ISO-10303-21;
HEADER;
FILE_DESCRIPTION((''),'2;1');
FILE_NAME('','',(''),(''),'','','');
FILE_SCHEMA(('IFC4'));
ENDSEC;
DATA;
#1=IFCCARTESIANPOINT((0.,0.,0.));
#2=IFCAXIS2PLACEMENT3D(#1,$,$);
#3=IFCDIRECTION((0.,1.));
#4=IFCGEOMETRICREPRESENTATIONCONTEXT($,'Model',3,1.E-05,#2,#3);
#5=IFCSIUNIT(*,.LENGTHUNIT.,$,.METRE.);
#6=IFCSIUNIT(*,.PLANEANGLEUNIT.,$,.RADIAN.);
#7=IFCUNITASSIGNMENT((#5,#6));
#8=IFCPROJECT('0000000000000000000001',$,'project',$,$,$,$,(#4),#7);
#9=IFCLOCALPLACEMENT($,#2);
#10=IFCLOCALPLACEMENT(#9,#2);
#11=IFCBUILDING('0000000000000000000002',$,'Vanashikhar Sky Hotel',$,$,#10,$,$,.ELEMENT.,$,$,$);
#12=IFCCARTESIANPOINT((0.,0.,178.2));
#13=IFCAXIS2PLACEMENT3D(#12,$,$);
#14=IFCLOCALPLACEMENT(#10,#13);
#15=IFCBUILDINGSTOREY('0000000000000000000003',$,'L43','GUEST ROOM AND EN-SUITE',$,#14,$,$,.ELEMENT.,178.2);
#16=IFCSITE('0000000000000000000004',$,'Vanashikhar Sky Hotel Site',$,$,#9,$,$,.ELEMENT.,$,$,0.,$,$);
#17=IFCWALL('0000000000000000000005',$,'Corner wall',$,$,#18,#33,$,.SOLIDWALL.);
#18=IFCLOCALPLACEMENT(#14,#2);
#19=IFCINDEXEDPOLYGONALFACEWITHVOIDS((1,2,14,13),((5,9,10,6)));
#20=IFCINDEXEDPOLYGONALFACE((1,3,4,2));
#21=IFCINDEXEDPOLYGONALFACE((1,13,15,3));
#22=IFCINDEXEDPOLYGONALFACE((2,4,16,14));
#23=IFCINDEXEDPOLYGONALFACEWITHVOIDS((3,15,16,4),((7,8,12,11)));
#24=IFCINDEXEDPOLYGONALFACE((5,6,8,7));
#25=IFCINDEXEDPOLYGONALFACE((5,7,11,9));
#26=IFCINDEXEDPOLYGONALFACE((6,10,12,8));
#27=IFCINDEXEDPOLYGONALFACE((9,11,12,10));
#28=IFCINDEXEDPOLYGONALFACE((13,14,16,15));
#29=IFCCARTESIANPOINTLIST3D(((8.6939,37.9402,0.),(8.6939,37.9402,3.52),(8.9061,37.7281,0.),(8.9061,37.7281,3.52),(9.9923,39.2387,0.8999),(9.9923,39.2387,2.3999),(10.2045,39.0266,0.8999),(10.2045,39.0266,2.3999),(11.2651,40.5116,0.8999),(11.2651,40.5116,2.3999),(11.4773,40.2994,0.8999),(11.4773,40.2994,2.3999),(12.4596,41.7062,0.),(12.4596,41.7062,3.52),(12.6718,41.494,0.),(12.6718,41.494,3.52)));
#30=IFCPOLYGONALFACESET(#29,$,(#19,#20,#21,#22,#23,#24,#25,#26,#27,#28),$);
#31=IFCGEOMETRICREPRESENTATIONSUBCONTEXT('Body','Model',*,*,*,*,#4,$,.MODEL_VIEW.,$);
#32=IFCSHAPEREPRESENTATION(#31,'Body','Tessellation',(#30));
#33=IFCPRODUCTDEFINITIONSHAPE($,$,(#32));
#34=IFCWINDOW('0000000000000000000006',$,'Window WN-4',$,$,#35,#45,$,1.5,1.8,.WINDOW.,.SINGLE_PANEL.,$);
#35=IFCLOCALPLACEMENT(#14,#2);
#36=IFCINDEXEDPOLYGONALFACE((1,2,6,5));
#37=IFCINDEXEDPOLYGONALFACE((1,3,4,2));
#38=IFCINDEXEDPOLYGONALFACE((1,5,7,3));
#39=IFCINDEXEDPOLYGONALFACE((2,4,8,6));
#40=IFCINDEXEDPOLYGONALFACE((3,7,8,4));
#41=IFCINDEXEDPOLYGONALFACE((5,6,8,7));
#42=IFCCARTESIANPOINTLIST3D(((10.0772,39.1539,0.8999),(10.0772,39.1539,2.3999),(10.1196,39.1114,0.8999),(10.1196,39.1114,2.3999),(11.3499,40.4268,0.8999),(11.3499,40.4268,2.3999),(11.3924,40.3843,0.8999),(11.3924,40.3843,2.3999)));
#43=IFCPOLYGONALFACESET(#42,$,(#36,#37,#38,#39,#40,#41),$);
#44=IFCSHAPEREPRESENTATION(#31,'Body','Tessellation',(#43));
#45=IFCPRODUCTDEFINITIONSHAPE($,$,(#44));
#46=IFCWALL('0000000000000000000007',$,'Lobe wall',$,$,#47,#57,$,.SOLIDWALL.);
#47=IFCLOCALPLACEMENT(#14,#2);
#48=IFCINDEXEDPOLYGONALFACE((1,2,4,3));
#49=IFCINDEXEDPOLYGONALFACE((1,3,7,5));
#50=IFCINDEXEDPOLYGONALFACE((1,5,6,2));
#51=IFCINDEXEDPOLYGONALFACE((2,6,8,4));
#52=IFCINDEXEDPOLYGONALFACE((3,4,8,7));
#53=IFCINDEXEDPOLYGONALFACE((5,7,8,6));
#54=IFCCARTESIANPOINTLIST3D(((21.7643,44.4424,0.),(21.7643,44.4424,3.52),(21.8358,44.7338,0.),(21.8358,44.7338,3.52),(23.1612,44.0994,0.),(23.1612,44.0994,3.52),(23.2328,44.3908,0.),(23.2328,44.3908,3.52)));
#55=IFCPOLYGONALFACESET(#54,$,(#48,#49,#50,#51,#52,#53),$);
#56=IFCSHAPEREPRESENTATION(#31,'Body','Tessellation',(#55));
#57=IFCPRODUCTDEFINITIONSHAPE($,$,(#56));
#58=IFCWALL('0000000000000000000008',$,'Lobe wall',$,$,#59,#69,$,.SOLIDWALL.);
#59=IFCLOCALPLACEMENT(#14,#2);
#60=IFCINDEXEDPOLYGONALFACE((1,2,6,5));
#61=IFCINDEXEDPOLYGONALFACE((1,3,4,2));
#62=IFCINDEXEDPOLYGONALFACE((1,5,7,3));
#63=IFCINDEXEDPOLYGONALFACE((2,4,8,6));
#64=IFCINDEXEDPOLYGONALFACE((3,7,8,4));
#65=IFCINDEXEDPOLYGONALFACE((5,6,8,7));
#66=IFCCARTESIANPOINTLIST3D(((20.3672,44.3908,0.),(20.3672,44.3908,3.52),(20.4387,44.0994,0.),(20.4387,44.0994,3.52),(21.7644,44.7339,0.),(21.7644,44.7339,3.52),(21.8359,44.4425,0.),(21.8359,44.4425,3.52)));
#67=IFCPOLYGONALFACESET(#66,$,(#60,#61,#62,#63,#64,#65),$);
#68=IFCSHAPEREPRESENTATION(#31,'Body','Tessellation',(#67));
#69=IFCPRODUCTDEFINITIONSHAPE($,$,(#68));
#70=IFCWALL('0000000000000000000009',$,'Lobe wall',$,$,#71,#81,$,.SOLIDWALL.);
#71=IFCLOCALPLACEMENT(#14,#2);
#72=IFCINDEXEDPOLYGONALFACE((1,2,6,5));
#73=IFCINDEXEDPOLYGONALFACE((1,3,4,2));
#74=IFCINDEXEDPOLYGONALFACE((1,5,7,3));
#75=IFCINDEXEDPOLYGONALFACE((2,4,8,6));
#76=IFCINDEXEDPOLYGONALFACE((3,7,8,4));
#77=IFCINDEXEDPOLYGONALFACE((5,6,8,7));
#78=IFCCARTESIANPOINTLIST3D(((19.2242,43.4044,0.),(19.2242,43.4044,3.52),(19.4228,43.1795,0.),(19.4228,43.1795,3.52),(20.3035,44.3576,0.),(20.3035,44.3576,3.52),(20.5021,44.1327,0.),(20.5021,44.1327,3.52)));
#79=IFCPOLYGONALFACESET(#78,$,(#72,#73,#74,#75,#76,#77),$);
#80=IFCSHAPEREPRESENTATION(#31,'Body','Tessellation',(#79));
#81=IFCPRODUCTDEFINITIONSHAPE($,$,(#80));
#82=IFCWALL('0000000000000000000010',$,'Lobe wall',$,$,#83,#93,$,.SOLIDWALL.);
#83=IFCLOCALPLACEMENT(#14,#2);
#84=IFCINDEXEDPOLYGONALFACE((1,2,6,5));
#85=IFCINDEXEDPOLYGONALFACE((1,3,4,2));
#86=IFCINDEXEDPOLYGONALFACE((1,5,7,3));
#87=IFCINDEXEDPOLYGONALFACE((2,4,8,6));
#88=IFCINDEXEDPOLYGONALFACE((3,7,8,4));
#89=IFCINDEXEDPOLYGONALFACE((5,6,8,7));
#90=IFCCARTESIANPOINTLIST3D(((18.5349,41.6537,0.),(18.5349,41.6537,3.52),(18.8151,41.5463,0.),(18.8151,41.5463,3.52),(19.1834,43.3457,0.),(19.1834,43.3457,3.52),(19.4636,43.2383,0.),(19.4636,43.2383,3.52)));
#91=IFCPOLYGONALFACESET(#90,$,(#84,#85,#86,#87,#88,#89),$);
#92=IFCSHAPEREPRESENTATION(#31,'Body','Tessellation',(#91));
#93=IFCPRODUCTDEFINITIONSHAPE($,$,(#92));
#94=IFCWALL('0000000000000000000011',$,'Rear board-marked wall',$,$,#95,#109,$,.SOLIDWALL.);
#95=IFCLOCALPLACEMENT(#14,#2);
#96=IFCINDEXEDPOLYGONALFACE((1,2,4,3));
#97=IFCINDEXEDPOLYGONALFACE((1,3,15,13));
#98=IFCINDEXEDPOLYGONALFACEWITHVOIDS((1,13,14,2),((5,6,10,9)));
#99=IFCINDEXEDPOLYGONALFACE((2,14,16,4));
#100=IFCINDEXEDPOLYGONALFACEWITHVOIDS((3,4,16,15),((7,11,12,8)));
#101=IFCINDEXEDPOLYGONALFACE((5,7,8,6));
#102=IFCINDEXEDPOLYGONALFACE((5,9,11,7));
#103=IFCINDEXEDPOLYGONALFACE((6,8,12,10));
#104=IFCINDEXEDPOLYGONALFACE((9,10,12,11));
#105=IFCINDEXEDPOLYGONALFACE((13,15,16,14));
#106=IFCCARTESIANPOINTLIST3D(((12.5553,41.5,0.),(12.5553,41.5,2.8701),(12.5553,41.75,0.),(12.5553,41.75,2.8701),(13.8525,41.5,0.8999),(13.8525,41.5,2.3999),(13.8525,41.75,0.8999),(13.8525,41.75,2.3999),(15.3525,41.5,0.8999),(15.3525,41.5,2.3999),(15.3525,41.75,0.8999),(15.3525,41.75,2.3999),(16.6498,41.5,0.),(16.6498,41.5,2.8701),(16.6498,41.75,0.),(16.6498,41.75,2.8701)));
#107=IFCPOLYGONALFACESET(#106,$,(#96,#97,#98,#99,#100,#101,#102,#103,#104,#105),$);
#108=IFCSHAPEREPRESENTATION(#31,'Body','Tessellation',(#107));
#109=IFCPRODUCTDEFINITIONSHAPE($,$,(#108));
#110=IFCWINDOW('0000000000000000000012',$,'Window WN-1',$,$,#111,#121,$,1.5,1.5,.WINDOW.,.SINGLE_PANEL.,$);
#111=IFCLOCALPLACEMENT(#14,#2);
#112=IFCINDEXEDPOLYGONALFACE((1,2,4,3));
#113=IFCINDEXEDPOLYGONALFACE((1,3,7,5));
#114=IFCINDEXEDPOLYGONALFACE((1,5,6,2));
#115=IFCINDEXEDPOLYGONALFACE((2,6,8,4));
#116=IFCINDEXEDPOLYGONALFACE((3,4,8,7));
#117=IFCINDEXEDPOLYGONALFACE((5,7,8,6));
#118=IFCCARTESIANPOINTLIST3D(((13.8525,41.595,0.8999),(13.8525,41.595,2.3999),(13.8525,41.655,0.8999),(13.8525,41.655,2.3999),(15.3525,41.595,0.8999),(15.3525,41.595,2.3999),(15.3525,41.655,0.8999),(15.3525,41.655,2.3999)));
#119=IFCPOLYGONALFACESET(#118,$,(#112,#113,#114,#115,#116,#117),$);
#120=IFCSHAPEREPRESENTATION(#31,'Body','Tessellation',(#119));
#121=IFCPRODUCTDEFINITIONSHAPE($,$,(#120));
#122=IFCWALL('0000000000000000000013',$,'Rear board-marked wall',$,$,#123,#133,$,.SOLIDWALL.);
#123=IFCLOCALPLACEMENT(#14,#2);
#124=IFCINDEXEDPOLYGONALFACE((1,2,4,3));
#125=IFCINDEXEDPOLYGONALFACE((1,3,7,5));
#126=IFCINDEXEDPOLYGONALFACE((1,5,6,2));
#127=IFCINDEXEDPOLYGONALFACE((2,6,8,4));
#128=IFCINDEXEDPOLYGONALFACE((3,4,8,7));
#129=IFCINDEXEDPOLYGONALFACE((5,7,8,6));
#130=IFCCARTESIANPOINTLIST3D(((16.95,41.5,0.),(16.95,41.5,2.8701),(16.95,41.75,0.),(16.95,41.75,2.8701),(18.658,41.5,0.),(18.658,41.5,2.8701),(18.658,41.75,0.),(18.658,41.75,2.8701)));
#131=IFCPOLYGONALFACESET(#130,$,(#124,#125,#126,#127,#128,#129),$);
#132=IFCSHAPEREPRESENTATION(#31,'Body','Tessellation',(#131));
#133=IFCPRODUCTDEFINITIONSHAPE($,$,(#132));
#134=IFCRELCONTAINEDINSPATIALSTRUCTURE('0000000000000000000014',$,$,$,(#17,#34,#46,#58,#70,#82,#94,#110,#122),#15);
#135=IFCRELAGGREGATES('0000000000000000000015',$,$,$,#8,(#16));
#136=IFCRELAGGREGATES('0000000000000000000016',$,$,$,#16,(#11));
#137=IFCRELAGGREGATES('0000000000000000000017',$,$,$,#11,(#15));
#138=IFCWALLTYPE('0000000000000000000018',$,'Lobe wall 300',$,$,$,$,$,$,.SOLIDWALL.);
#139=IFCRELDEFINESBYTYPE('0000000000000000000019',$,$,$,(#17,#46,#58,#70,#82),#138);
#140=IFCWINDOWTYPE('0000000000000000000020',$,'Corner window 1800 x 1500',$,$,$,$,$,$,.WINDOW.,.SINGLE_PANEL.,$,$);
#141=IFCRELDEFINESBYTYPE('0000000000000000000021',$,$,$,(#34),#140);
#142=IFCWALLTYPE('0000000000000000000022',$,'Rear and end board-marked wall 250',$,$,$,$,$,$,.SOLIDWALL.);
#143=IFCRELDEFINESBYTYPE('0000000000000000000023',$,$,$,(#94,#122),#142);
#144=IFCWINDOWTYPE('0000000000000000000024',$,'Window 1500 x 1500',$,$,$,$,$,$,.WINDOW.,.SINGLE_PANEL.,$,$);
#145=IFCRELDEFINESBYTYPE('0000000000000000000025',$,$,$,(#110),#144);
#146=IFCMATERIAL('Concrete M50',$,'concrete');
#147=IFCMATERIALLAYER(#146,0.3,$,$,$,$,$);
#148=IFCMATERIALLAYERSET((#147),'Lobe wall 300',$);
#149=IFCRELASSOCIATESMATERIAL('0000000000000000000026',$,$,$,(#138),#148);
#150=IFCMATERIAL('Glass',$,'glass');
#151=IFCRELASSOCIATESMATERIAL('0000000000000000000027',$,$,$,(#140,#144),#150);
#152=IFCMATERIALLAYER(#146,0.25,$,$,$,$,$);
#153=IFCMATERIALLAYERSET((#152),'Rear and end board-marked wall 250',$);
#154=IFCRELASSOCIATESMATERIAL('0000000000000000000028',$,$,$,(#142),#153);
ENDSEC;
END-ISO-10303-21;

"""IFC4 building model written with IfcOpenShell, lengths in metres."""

from ifc_helpers import new_model, si_unit, direction, frame, frame_2d, origin, place, context, subcontext, project, spatial, rectangle, extrude, source, transform, mapped, material, layer, layer_set, type_object, element, fill, save


model = new_model("IFC4")

# Units and contexts
model_context = context("Model", 3, precision=1e-05, world=origin(), true_north=direction((0.0, 1.0)))
body_context = subcontext(model_context, "Body", "Model", "MODEL_VIEW")
ifc_project = project(units=[si_unit("LENGTHUNIT", "METRE"), si_unit("PLANEANGLEUNIT", "RADIAN")], contexts=[model_context])

# Site, building, storey
site_placement = place(None, origin())
site = spatial("IfcSite", under=ifc_project, at=site_placement, Name="Vanashikhar Sky Hotel Site", CompositionType="ELEMENT", RefElevation=0.0)
building_placement = place(site_placement, origin())
building = spatial("IfcBuilding", under=site, at=building_placement, Name="Vanashikhar Sky Hotel", CompositionType="ELEMENT")
storey_placement = place(building_placement, frame((0.0, 0.0, 178.2)))
storey = spatial("IfcBuildingStorey", under=building, at=storey_placement, Name="L43", Description="GUEST ROOM AND EN-SUITE", CompositionType="ELEMENT", Elevation=178.2)

# Wall, opening, window
ifc_material_1 = material(Name="Concrete M50", Category="concrete")
ifc_layer_1 = layer(ifc_material_1, 0.3)
ifc_layer_set_1 = layer_set([ifc_layer_1], Name="Lobe wall 300")
wall_type_1 = type_object("IfcWallType", Name="Lobe wall 300", PredefinedType="SOLIDWALL", material=ifc_layer_set_1)
shared_shape_1 = source(origin(), body_context, "Body", "SweptSolid", [
    extrude(rectangle(XDim=5.3257, YDim=0.3, at=frame_2d((2.6628, 0.0))), origin(), (0.0, 0.0, 1.0), 3.52),
])
wall_1_placement = place(storey_placement, frame((12.5657, 41.6001, 0.0), z_axis=(0.0, 0.0, 1.0), x_axis=(-0.707084, -0.70713, 0.0)))
wall_1 = element("IfcWall", 1, at=wall_1_placement, inside=storey, type_object=wall_type_1, Name="Corner wall", PredefinedType="SOLIDWALL", context=body_context, shape_type="MappedRepresentation", body=[
    mapped(shared_shape_1, transform((0.0, 0.0, 0.0), scale=1.0)),
])
shared_shape_2 = source(origin(), body_context, "Body", "SweptSolid", [
    extrude(rectangle(XDim=1.8, YDim=1.5, at=frame_2d((0.8999, 0.75))), frame((0.0, 0.1602, 0.0), z_axis=(0.0, -1.0, 0.0), x_axis=(1.0, 0.0, 0.0)), (0.0, 0.0, 1.0), 0.3201),
])
opening_1_placement = place(wall_1_placement, frame((1.6895, 0.0, 0.8999)))
opening_1 = element("IfcOpeningElement", 2, at=opening_1_placement, cuts=wall_1, PredefinedType="OPENING", context=body_context, shape_type="MappedRepresentation", body=[
    mapped(shared_shape_2, transform((0.0, 0.0, 0.0), scale=1.0)),
])
ifc_material_2 = material(Name="Glass", Category="glass")
window_type_1 = type_object("IfcWindowType", Name="Corner window 1800 x 1500", PartitioningType="SINGLE_PANEL", PredefinedType="WINDOW", material=ifc_material_2)
shared_shape_3 = source(origin(), body_context, "Body", "SweptSolid", [
    extrude(rectangle(XDim=1.8, YDim=1.5, at=frame_2d((0.8999, 0.75))), frame((0.0, 0.03, 0.0), z_axis=(0.0, -1.0, 0.0), x_axis=(1.0, 0.0, 0.0)), (0.0, 0.0, 1.0), 0.0601),
])
window_1_placement = place(opening_1_placement, origin())
window_1 = element("IfcWindow", 3, at=window_1_placement, inside=storey, type_object=window_type_1, Name="Window WN-4", OverallHeight=1.5, OverallWidth=1.8, PartitioningType="SINGLE_PANEL", PredefinedType="WINDOW", context=body_context, shape_type="MappedRepresentation", body=[
    mapped(shared_shape_3, transform((0.0, 0.0, 0.0), scale=1.0)),
])
fill(opening_1, window_1)

# Walls
shared_shape_4 = source(origin(), body_context, "Body", "SweptSolid", [
    extrude(rectangle(XDim=1.4385, YDim=0.3, at=frame_2d((0.7192, 0.0))), origin(), (0.0, 0.0, 1.0), 3.52),
])
wall_2_placement = place(storey_placement, frame((23.197, 44.2451, 0.0), z_axis=(0.0, 0.0, 1.0), x_axis=(-0.971152, 0.23846, 0.0)))
element("IfcWall", 4, at=wall_2_placement, inside=storey, type_object=wall_type_1, Name="Lobe wall", PredefinedType="SOLIDWALL", context=body_context, shape_type="MappedRepresentation", body=[
    mapped(shared_shape_4, transform((0.0, 0.0, 0.0), scale=1.0)),
])
shared_shape_5 = source(origin(), body_context, "Body", "SweptSolid", [
    extrude(rectangle(XDim=1.4387, YDim=0.3, at=frame_2d((0.7192, 0.0))), origin(), (0.0, 0.0, 1.0), 3.52),
])
wall_3_placement = place(storey_placement, frame((21.8, 44.5881, 0.0), z_axis=(0.0, 0.0, 1.0), x_axis=(-0.971162, -0.238421, 0.0)))
element("IfcWall", 5, at=wall_3_placement, inside=storey, type_object=wall_type_1, Name="Lobe wall", PredefinedType="SOLIDWALL", context=body_context, shape_type="MappedRepresentation", body=[
    mapped(shared_shape_5, transform((0.0, 0.0, 0.0), scale=1.0)),
])
shared_shape_6 = source(origin(), body_context, "Body", "SweptSolid", [
    extrude(rectangle(XDim=1.4399, YDim=0.3, at=frame_2d((0.72, 0.0))), origin(), (0.0, 0.0, 1.0), 3.52),
])
wall_4_placement = place(storey_placement, frame((20.4028, 44.2451, 0.0), z_axis=(0.0, 0.0, 1.0), x_axis=(-0.749576, -0.661919, 0.0)))
element("IfcWall", 6, at=wall_4_placement, inside=storey, type_object=wall_type_1, Name="Lobe wall", PredefinedType="SOLIDWALL", context=body_context, shape_type="MappedRepresentation", body=[
    mapped(shared_shape_6, transform((0.0, 0.0, 0.0), scale=1.0)),
])
shared_shape_7 = source(origin(), body_context, "Body", "SweptSolid", [
    extrude(rectangle(XDim=1.812, YDim=0.3, at=frame_2d((0.906, 0.0))), origin(), (0.0, 0.0, 1.0), 3.52),
])
wall_5_placement = place(storey_placement, frame((19.3235, 43.292, 0.0), z_axis=(0.0, 0.0, 1.0), x_axis=(-0.357877, -0.933769, 0.0)))
element("IfcWall", 7, at=wall_5_placement, inside=storey, type_object=wall_type_1, Name="Lobe wall", PredefinedType="SOLIDWALL", context=body_context, shape_type="MappedRepresentation", body=[
    mapped(shared_shape_7, transform((0.0, 0.0, 0.0), scale=1.0)),
])

# Wall, opening, window
ifc_layer_2 = layer(ifc_material_1, 0.25)
ifc_layer_set_2 = layer_set([ifc_layer_2], Name="Rear and end board-marked wall 250")
wall_type_2 = type_object("IfcWallType", Name="Rear and end board-marked wall 250", PredefinedType="SOLIDWALL", material=ifc_layer_set_2)
shared_shape_8 = source(origin(), body_context, "Body", "SweptSolid", [
    extrude(rectangle(XDim=4.0945, YDim=0.25, at=frame_2d((2.0474, 0.0))), origin(), (0.0, 0.0, 1.0), 2.8701),
])
wall_6_placement = place(storey_placement, frame((16.6499, 41.625, 0.0), z_axis=(0.0, 0.0, 1.0), x_axis=(-1.0, 0.0, 0.0)))
wall_6 = element("IfcWall", 8, at=wall_6_placement, inside=storey, type_object=wall_type_2, Name="Rear board-marked wall", PredefinedType="SOLIDWALL", context=body_context, shape_type="MappedRepresentation", body=[
    mapped(shared_shape_8, transform((0.0, 0.0, 0.0), scale=1.0)),
])
shared_shape_9 = source(origin(), body_context, "Body", "SweptSolid", [
    extrude(rectangle(XDim=1.5, YDim=1.5, at=frame_2d((0.75, 0.75))), frame((0.0, 0.135, 0.0), z_axis=(0.0, -1.0, 0.0), x_axis=(1.0, 0.0, 0.0)), (0.0, 0.0, 1.0), 0.27),
])
opening_2_placement = place(wall_6_placement, frame((1.2974, 0.0, 0.8999)))
opening_2 = element("IfcOpeningElement", 9, at=opening_2_placement, cuts=wall_6, PredefinedType="OPENING", context=body_context, shape_type="MappedRepresentation", body=[
    mapped(shared_shape_9, transform((0.0, 0.0, 0.0), scale=1.0)),
])
window_type_2 = type_object("IfcWindowType", Name="Window 1500 x 1500", PartitioningType="SINGLE_PANEL", PredefinedType="WINDOW", material=ifc_material_2)
shared_shape_10 = source(origin(), body_context, "Body", "SweptSolid", [
    extrude(rectangle(XDim=1.5, YDim=1.5, at=frame_2d((0.75, 0.75))), frame((0.0, 0.03, 0.0), z_axis=(0.0, -1.0, 0.0), x_axis=(1.0, 0.0, 0.0)), (0.0, 0.0, 1.0), 0.0601),
])
window_2_placement = place(opening_2_placement, origin())
window_2 = element("IfcWindow", 10, at=window_2_placement, inside=storey, type_object=window_type_2, Name="Window WN-1", OverallHeight=1.5, OverallWidth=1.5, PartitioningType="SINGLE_PANEL", PredefinedType="WINDOW", context=body_context, shape_type="MappedRepresentation", body=[
    mapped(shared_shape_10, transform((0.0, 0.0, 0.0), scale=1.0)),
])
fill(opening_2, window_2)

# Wall
shared_shape_11 = source(origin(), body_context, "Body", "SweptSolid", [
    extrude(rectangle(XDim=1.708, YDim=0.25, at=frame_2d((0.854, 0.0))), origin(), (0.0, 0.0, 1.0), 2.8701),
])
wall_7_placement = place(storey_placement, frame((18.658, 41.625, 0.0), z_axis=(0.0, 0.0, 1.0), x_axis=(-1.0, 0.0, 0.0)))
element("IfcWall", 11, at=wall_7_placement, inside=storey, type_object=wall_type_2, Name="Rear board-marked wall", PredefinedType="SOLIDWALL", context=body_context, shape_type="MappedRepresentation", body=[
    mapped(shared_shape_11, transform((0.0, 0.0, 0.0), scale=1.0)),
])

save(model, "model.ifc")
